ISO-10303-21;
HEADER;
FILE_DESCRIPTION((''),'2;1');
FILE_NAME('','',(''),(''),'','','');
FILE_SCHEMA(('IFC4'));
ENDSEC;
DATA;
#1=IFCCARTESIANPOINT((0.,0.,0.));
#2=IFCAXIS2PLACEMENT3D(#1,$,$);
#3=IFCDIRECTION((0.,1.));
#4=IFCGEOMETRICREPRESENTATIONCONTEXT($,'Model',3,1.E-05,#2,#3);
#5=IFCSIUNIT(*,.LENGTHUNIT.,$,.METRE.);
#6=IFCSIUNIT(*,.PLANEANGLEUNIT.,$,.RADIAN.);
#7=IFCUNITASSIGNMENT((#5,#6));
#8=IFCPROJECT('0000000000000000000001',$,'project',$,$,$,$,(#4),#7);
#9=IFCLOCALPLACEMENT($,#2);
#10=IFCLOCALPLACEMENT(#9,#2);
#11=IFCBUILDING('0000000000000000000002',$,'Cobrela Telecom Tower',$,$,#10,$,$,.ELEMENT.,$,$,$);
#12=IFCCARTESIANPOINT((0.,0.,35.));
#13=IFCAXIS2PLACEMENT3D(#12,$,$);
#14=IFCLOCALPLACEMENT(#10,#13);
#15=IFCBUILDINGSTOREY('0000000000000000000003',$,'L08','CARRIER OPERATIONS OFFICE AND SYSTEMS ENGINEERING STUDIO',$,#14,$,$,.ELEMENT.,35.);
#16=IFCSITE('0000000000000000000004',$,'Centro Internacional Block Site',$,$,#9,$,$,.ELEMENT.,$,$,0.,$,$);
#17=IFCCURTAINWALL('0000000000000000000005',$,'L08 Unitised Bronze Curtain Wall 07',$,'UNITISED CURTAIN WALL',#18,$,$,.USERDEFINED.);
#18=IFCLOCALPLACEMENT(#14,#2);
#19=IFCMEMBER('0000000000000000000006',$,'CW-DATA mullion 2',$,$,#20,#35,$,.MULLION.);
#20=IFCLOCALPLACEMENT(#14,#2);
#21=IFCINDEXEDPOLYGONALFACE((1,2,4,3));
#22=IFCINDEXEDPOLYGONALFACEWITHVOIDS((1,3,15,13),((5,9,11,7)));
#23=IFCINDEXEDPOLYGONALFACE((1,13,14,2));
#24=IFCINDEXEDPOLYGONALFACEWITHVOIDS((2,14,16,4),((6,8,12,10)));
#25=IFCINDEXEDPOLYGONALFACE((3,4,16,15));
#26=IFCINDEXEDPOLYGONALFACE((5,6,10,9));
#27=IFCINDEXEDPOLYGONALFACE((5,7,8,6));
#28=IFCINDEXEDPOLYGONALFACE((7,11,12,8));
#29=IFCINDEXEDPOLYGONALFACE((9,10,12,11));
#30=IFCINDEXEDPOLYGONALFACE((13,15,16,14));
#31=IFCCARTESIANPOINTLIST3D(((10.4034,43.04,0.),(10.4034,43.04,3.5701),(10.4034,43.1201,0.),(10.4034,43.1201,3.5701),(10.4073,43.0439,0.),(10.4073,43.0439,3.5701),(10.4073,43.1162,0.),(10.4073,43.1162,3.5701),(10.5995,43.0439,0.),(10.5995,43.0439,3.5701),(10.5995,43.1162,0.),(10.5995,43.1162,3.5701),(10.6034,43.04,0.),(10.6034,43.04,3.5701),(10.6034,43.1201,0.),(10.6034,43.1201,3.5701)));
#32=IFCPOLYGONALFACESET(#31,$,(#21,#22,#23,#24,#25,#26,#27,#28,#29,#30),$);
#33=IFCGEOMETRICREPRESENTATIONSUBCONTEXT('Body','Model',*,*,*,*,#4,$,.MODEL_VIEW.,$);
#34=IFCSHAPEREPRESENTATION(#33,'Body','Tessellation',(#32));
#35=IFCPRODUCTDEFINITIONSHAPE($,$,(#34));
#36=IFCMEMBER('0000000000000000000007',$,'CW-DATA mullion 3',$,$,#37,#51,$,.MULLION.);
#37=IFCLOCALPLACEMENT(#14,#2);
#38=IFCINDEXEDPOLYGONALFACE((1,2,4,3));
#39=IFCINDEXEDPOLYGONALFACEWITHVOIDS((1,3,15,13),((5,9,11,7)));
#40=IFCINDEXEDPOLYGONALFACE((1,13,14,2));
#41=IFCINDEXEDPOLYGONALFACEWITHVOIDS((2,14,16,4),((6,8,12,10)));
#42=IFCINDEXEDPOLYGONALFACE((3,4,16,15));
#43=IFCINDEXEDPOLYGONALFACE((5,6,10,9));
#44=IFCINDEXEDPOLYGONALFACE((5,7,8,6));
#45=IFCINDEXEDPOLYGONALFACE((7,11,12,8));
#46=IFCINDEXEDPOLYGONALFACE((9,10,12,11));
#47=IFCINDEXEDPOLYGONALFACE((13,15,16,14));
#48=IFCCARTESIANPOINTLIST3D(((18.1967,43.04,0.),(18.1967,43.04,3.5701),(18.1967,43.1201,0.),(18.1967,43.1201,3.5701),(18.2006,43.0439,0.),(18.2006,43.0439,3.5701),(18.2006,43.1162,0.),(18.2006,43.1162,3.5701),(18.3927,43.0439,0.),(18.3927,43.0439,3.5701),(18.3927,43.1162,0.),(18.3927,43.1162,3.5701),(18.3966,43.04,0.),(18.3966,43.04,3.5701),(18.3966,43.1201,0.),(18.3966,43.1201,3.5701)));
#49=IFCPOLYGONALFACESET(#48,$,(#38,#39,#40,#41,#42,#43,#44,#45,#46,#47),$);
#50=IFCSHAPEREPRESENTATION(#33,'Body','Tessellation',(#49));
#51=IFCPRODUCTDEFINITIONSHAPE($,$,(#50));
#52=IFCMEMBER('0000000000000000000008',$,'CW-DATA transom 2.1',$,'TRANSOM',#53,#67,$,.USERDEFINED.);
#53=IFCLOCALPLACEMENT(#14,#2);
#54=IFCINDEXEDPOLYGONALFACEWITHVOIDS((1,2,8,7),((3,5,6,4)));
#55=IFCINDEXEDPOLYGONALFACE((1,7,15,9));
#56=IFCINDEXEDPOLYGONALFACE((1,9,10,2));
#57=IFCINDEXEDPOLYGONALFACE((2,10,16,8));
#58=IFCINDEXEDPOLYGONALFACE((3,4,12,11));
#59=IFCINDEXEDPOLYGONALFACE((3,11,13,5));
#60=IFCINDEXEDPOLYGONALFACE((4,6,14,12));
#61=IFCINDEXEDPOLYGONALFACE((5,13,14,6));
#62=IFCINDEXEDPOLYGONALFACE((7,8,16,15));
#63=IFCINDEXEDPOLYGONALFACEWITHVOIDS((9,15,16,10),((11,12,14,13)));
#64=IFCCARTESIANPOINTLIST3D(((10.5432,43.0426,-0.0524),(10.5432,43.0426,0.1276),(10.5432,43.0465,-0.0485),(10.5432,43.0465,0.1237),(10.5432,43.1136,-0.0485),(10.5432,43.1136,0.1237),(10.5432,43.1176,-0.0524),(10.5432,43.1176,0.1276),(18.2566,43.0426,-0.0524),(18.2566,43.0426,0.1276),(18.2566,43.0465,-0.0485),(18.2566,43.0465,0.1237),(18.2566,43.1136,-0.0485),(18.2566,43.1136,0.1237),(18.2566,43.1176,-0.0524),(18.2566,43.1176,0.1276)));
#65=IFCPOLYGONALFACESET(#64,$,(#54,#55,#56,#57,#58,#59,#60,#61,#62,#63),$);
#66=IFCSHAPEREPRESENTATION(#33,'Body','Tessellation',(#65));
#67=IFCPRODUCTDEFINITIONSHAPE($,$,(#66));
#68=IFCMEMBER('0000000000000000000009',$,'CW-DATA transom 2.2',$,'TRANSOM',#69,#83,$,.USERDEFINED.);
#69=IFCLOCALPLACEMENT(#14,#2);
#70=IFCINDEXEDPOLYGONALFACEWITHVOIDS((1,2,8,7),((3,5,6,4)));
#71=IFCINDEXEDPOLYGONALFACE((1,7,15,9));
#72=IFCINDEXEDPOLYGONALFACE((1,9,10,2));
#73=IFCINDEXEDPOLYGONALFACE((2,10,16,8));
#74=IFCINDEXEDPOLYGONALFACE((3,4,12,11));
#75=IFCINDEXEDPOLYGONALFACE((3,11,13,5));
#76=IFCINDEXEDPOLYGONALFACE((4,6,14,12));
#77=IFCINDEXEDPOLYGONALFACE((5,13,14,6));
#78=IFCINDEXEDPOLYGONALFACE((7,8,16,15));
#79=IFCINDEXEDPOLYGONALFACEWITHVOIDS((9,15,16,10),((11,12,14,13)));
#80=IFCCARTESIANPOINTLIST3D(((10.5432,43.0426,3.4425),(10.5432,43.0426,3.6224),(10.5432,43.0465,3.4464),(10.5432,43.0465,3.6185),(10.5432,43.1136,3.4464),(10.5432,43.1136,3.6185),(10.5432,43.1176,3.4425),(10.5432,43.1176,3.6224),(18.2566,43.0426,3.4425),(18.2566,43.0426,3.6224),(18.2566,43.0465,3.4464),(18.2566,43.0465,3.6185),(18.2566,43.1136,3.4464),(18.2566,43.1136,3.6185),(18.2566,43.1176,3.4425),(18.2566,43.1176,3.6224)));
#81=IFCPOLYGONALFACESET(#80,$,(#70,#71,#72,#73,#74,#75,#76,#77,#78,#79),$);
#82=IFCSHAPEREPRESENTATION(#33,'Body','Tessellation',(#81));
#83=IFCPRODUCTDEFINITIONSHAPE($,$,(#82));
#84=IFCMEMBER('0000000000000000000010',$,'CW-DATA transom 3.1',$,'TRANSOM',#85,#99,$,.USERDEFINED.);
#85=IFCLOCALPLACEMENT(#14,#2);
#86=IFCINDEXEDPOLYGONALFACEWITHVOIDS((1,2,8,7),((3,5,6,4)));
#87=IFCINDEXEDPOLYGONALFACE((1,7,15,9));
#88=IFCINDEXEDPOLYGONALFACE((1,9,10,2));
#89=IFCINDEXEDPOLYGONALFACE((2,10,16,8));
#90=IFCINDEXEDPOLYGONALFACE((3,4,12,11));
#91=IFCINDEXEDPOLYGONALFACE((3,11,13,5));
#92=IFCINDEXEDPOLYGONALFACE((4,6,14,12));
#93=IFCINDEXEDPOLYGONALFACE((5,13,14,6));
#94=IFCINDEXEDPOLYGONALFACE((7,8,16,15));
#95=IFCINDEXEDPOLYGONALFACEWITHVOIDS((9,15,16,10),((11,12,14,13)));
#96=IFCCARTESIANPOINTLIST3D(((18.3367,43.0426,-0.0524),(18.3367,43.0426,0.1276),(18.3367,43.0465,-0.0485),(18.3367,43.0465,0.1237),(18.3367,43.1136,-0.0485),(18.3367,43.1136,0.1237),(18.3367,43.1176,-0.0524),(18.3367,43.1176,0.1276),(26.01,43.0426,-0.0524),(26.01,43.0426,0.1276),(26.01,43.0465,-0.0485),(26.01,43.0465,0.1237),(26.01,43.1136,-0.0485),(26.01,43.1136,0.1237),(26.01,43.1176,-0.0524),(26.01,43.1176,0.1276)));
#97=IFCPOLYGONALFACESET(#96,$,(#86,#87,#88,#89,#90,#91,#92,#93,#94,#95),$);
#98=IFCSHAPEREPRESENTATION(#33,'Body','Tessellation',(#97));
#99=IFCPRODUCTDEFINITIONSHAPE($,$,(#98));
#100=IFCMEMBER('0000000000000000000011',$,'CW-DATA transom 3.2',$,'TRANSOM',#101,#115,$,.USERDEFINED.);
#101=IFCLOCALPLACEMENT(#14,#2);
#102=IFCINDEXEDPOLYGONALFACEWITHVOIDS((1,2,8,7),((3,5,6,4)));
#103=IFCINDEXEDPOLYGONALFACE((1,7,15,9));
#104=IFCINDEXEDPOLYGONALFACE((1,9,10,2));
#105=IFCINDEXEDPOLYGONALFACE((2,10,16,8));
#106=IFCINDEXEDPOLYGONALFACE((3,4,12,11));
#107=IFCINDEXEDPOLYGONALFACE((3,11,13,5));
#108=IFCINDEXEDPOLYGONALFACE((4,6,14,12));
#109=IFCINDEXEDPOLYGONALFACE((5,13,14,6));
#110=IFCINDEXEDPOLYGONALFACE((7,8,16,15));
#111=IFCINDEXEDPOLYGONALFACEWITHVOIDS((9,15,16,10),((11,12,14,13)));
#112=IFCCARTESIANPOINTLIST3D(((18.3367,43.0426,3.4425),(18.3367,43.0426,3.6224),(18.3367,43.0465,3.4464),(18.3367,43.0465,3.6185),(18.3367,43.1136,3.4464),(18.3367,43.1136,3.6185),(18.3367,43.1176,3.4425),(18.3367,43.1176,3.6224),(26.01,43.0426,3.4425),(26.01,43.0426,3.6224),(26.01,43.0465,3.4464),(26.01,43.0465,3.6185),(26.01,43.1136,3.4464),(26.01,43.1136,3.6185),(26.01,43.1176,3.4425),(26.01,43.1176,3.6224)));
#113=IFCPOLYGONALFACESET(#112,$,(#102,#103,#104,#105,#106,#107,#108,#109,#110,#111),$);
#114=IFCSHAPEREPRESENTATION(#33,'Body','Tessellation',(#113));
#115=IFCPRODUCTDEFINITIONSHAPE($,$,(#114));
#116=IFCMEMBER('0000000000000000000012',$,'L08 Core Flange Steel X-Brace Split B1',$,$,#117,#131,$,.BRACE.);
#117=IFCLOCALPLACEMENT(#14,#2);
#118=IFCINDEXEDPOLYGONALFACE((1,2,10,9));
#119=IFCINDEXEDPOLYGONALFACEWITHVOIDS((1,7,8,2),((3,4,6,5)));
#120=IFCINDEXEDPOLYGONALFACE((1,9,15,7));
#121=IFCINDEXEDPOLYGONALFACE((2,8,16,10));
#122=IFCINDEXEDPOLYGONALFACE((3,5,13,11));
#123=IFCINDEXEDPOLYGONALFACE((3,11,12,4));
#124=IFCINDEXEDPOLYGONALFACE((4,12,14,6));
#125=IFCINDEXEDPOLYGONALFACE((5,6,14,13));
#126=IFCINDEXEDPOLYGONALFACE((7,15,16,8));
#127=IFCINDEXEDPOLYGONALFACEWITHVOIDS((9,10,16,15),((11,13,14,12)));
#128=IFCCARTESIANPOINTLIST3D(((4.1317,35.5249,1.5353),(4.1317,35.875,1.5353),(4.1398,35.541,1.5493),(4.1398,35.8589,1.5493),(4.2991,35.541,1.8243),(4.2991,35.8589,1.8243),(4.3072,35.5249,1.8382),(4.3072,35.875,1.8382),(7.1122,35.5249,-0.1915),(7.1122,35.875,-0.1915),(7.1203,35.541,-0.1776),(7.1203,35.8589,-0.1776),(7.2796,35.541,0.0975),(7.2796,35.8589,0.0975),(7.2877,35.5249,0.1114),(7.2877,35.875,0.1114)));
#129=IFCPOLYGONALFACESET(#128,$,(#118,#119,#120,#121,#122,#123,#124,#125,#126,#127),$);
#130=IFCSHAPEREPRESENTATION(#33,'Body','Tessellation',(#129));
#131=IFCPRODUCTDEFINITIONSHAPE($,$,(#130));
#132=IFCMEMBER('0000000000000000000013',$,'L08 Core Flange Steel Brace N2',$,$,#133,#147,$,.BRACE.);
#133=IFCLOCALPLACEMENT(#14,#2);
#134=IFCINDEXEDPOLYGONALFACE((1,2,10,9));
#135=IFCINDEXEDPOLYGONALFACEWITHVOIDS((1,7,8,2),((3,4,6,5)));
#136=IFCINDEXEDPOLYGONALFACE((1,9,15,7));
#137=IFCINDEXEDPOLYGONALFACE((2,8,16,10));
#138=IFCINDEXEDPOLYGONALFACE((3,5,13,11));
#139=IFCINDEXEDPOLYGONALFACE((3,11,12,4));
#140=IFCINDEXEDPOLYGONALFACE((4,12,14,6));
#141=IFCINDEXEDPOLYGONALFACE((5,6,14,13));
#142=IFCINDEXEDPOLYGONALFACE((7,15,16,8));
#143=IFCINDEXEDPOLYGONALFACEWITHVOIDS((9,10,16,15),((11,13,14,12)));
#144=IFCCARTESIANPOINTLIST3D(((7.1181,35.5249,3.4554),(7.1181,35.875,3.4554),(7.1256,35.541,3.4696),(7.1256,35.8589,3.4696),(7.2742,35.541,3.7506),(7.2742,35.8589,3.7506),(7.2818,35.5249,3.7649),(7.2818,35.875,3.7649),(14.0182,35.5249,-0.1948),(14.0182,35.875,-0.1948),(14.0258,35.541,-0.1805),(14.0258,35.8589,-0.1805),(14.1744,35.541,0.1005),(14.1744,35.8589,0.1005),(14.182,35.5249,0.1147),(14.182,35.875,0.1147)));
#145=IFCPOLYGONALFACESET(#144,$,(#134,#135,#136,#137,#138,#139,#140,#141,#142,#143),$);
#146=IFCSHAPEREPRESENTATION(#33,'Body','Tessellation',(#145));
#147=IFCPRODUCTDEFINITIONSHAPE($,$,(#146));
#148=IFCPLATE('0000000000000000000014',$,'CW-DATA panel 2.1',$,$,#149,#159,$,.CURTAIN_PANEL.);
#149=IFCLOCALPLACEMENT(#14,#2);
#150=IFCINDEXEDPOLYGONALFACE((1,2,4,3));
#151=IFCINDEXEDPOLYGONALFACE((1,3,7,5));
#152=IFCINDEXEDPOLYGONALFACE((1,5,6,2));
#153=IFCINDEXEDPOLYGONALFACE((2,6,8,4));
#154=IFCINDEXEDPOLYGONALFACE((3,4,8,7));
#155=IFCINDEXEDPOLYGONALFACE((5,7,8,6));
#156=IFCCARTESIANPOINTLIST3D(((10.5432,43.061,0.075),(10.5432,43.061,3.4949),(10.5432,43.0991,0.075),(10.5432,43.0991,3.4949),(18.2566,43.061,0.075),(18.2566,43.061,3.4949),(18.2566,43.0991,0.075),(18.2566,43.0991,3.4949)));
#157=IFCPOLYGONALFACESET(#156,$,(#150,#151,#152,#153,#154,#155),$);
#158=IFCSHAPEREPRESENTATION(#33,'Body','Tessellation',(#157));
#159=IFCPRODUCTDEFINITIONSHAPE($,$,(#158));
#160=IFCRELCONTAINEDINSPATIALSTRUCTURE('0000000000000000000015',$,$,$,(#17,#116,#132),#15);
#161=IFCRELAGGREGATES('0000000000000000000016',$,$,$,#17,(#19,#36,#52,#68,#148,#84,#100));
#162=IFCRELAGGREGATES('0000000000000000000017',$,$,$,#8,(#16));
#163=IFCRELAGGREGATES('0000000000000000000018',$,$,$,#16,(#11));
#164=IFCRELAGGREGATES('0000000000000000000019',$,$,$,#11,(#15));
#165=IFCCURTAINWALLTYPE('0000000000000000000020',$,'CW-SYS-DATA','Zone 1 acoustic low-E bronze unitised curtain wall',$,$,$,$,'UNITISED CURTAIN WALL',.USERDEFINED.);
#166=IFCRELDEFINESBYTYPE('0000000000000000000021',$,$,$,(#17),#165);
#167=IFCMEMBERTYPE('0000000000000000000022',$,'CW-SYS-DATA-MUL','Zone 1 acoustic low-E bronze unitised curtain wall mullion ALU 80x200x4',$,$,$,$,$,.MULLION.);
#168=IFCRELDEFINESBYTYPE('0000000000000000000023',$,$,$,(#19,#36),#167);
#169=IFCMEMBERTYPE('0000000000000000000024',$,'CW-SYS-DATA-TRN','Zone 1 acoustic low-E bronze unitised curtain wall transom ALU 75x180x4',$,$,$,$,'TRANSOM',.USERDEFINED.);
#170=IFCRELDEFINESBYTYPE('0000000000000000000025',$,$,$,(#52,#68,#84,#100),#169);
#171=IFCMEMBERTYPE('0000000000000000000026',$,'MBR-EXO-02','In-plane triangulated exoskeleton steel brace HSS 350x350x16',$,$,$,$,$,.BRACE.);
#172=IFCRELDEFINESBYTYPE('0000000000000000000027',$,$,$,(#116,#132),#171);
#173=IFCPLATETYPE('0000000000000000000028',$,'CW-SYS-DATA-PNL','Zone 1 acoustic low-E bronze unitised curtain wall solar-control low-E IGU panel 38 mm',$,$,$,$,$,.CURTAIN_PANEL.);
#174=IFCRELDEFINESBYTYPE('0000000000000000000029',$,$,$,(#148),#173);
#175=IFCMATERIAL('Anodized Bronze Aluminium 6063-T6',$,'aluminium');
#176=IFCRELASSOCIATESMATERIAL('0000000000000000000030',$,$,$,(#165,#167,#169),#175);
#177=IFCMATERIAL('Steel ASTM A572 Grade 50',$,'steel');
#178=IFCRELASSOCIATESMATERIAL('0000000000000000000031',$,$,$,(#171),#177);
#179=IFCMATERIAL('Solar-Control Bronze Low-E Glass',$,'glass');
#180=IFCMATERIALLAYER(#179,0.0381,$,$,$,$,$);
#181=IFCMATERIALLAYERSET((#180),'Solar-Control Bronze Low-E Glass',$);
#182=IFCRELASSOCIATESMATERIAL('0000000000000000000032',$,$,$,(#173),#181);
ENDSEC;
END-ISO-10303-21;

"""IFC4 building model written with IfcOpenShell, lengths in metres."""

from ifc_helpers import new_model, si_unit, direction, frame, origin, origin_2d, place, context, subcontext, project, spatial, rectangle, hollow_rectangle, extrude, material, layer, layer_set, material_profile, profile_set, type_object, element, aggregate, save


model = new_model("IFC4")

# Units and contexts
model_context = context("Model", 3, precision=1e-05, world=origin(), true_north=direction((0.0, 1.0)))
body_context = subcontext(model_context, "Body", "Model", "MODEL_VIEW")
ifc_project = project(units=[si_unit("LENGTHUNIT", "METRE"), si_unit("PLANEANGLEUNIT", "RADIAN")], contexts=[model_context])

# Site, building, storey
site_placement = place(None, origin())
site = spatial("IfcSite", under=ifc_project, at=site_placement, Name="Centro Internacional Block Site", CompositionType="ELEMENT", RefElevation=0.0)
building_placement = place(site_placement, origin())
building = spatial("IfcBuilding", under=site, at=building_placement, Name="Cobrela Telecom Tower", CompositionType="ELEMENT")
storey_placement = place(building_placement, frame((0.0, 0.0, 35.0)))
storey = spatial("IfcBuildingStorey", under=building, at=storey_placement, Name="L08", Description="CARRIER OPERATIONS OFFICE AND SYSTEMS ENGINEERING STUDIO", CompositionType="ELEMENT", Elevation=35.0)

# Shared definitions
ifc_material_1 = material(Name="Steel ASTM A572 Grade 50", Category="steel")

# Curtain wall, members
ifc_material_2 = material(Name="Anodized Bronze Aluminium 6063-T6", Category="aluminium")
curtain_wall_type = type_object("IfcCurtainWallType", Name="CW-SYS-DATA", Description="Zone 1 acoustic low-E bronze unitised curtain wall", ElementType="UNITISED CURTAIN WALL", PredefinedType="USERDEFINED", material=ifc_material_2)
curtain_wall_placement = place(storey_placement, origin())
curtain_wall = element("IfcCurtainWall", 1, at=curtain_wall_placement, inside=storey, type_object=curtain_wall_type, Name="L08 Unitised Bronze Curtain Wall 07", ObjectType="UNITISED CURTAIN WALL", PredefinedType="USERDEFINED")
ifc_material_profile_1 = material_profile(ifc_material_2, hollow_rectangle(XDim=0.0801, YDim=0.2, WallThickness=0.0039, at=origin_2d()), Name="ALU 80x200x4")
ifc_profile_set_1 = profile_set([ifc_material_profile_1], Name="Anodized Bronze Aluminium 6063-T6")
member_type_1 = type_object("IfcMemberType", Name="CW-SYS-DATA-MUL", Description="Zone 1 acoustic low-E bronze unitised curtain wall mullion ALU 80x200x4", PredefinedType="MULLION", material=ifc_profile_set_1)
member_1_placement = place(storey_placement, frame((10.5034, 43.0801, 0.0), z_axis=(0.0, 0.0, 1.0), x_axis=(0.0, 1.0, 0.0)))
member_1 = element("IfcMember", 2, at=member_1_placement, type_object=member_type_1, Name="CW-DATA mullion 2", PredefinedType="MULLION", context=body_context, shape_type="SweptSolid", body=[
    extrude(hollow_rectangle(XDim=0.0801, YDim=0.2, WallThickness=0.0039, at=origin_2d()), origin(), (0.0, 0.0, 1.0), 3.5701),
])
member_2_placement = place(storey_placement, frame((18.2966, 43.0801, 0.0), z_axis=(0.0, 0.0, 1.0), x_axis=(0.0, 1.0, 0.0)))
member_2 = element("IfcMember", 3, at=member_2_placement, type_object=member_type_1, Name="CW-DATA mullion 3", PredefinedType="MULLION", context=body_context, shape_type="SweptSolid", body=[
    extrude(hollow_rectangle(XDim=0.0801, YDim=0.2, WallThickness=0.0039, at=origin_2d()), origin(), (0.0, 0.0, 1.0), 3.5701),
])
ifc_material_profile_2 = material_profile(ifc_material_2, hollow_rectangle(XDim=0.075, YDim=0.1799, WallThickness=0.0039, at=origin_2d()), Name="ALU 75x180x4")
ifc_profile_set_2 = profile_set([ifc_material_profile_2], Name="Anodized Bronze Aluminium 6063-T6")
member_type_2 = type_object("IfcMemberType", Name="CW-SYS-DATA-TRN", Description="Zone 1 acoustic low-E bronze unitised curtain wall transom ALU 75x180x4", ElementType="TRANSOM", PredefinedType="USERDEFINED", material=ifc_profile_set_2)
member_3_placement = place(storey_placement, frame((10.5432, 43.0801, 0.0376), z_axis=(1.0, 0.0, 0.0), x_axis=(0.0, 1.0, 0.0)))
member_3 = element("IfcMember", 4, at=member_3_placement, type_object=member_type_2, Name="CW-DATA transom 2.1", ObjectType="TRANSOM", PredefinedType="USERDEFINED", context=body_context, shape_type="SweptSolid", body=[
    extrude(hollow_rectangle(XDim=0.075, YDim=0.1799, WallThickness=0.0039, at=origin_2d()), origin(), (0.0, 0.0, 1.0), 7.7134),
])
member_4_placement = place(storey_placement, frame((10.5432, 43.0801, 3.5325), z_axis=(1.0, 0.0, 0.0), x_axis=(0.0, 1.0, 0.0)))
member_4 = element("IfcMember", 5, at=member_4_placement, type_object=member_type_2, Name="CW-DATA transom 2.2", ObjectType="TRANSOM", PredefinedType="USERDEFINED", context=body_context, shape_type="SweptSolid", body=[
    extrude(hollow_rectangle(XDim=0.075, YDim=0.1799, WallThickness=0.0039, at=origin_2d()), origin(), (0.0, 0.0, 1.0), 7.7134),
])
member_5_placement = place(storey_placement, frame((18.3367, 43.0801, 0.0376), z_axis=(1.0, 0.0, 0.0), x_axis=(0.0, 1.0, 0.0)))
member_5 = element("IfcMember", 6, at=member_5_placement, type_object=member_type_2, Name="CW-DATA transom 3.1", ObjectType="TRANSOM", PredefinedType="USERDEFINED", context=body_context, shape_type="SweptSolid", body=[
    extrude(hollow_rectangle(XDim=0.075, YDim=0.1799, WallThickness=0.0039, at=origin_2d()), origin(), (0.0, 0.0, 1.0), 7.6733),
])
member_6_placement = place(storey_placement, frame((18.3367, 43.0801, 3.5325), z_axis=(1.0, 0.0, 0.0), x_axis=(0.0, 1.0, 0.0)))
member_6 = element("IfcMember", 7, at=member_6_placement, type_object=member_type_2, Name="CW-DATA transom 3.2", ObjectType="TRANSOM", PredefinedType="USERDEFINED", context=body_context, shape_type="SweptSolid", body=[
    extrude(hollow_rectangle(XDim=0.075, YDim=0.1799, WallThickness=0.0039, at=origin_2d()), origin(), (0.0, 0.0, 1.0), 7.6733),
])

# Members
ifc_material_profile_3 = material_profile(ifc_material_1, hollow_rectangle(XDim=0.3501, YDim=0.3501, WallThickness=0.0161, at=origin_2d()), Name="HSS 350x350x16")
ifc_profile_set_3 = profile_set([ifc_material_profile_3], Name="Steel ASTM A572 Grade 50")
member_type_3 = type_object("IfcMemberType", Name="MBR-EXO-02", Description="In-plane triangulated exoskeleton steel brace HSS 350x350x16", PredefinedType="BRACE", material=ifc_profile_set_3)
member_7_placement = place(storey_placement, frame((7.2, 35.7, -0.04), z_axis=(-0.865266, 0.0, 0.501313), x_axis=(0.0, -1.0, 0.0)))
element("IfcMember", 8, at=member_7_placement, inside=storey, type_object=member_type_3, Name="L08 Core Flange Steel X-Brace Split B1", PredefinedType="BRACE", context=body_context, shape_type="SweptSolid", body=[
    extrude(hollow_rectangle(XDim=0.3501, YDim=0.3501, WallThickness=0.0161, at=origin_2d()), origin(), (0.0, 0.0, 1.0), 3.4446),
])
member_8_placement = place(storey_placement, frame((14.1001, 35.7, -0.04), z_axis=(-0.88394, 0.0, 0.4676), x_axis=(0.0, -1.0, 0.0)))
element("IfcMember", 9, at=member_8_placement, inside=storey, type_object=member_type_3, Name="L08 Core Flange Steel Brace N2", PredefinedType="BRACE", context=body_context, shape_type="SweptSolid", body=[
    extrude(hollow_rectangle(XDim=0.3501, YDim=0.3501, WallThickness=0.0161, at=origin_2d()), origin(), (0.0, 0.0, 1.0), 7.8062),
])

# Plate
ifc_material_3 = material(Name="Solar-Control Bronze Low-E Glass", Category="glass")
ifc_layer = layer(ifc_material_3, 0.0381)
ifc_layer_set = layer_set([ifc_layer], Name="Solar-Control Bronze Low-E Glass")
plate_type = type_object("IfcPlateType", Name="CW-SYS-DATA-PNL", Description="Zone 1 acoustic low-E bronze unitised curtain wall solar-control low-E IGU panel 38 mm", PredefinedType="CURTAIN_PANEL", material=ifc_layer_set)
plate_placement = place(storey_placement, frame((14.3999, 43.0801, 0.075), z_axis=(0.0, 0.0, 1.0), x_axis=(1.0, 0.0, 0.0)))
plate = element("IfcPlate", 10, at=plate_placement, type_object=plate_type, Name="CW-DATA panel 2.1", PredefinedType="CURTAIN_PANEL", context=body_context, shape_type="SweptSolid", body=[
    extrude(rectangle(XDim=7.7134, YDim=0.0381, at=origin_2d()), origin(), (0.0, 0.0, 1.0), 3.4199),
])
aggregate(curtain_wall, [member_1, member_2, member_3, member_4, plate, member_5, member_6])

save(model, "model.ifc")
